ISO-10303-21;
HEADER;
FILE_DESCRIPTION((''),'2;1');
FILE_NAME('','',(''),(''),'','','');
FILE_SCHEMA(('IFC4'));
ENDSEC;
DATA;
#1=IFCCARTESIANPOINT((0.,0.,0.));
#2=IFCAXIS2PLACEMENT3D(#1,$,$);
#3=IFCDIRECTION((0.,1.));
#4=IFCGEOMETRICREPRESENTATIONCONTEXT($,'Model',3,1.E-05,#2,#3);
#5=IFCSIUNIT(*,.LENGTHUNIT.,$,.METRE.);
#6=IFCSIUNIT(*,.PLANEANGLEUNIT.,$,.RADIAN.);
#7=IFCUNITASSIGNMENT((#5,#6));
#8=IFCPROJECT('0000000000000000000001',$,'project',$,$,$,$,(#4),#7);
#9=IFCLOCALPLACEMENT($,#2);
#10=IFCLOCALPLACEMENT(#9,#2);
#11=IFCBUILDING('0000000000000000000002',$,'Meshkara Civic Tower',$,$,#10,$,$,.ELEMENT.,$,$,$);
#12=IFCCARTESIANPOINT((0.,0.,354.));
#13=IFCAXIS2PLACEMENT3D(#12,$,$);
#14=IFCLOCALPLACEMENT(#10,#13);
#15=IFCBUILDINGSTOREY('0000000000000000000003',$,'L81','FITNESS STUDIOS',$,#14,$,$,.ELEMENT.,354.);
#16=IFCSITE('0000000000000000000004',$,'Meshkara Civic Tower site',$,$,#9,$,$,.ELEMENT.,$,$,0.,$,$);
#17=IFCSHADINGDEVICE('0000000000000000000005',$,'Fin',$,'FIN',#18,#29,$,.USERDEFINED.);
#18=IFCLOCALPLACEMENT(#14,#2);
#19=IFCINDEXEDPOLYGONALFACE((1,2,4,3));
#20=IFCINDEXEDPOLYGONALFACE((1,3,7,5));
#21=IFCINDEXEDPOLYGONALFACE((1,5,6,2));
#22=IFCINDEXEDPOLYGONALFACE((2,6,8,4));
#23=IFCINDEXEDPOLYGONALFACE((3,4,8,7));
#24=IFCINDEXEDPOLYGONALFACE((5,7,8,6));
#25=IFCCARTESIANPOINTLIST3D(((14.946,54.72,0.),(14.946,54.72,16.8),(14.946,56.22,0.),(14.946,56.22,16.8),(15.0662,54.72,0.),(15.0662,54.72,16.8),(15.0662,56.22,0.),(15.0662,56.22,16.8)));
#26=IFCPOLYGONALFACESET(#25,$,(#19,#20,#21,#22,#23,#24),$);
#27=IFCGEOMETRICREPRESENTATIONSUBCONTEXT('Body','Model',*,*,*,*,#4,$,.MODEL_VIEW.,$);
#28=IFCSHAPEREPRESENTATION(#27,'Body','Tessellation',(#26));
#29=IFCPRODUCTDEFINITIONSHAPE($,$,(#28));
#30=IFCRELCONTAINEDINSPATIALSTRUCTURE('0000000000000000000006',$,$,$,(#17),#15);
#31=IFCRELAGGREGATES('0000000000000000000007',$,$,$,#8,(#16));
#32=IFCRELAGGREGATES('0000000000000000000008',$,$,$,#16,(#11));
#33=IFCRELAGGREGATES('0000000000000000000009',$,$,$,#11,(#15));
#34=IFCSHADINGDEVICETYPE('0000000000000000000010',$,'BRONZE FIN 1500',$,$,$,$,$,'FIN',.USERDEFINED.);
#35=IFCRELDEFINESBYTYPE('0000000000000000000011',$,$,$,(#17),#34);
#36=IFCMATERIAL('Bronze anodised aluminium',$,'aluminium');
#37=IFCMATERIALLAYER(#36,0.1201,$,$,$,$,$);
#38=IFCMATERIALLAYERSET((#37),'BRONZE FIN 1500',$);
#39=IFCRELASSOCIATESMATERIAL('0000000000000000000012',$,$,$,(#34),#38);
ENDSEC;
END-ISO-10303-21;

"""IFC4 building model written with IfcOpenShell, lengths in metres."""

from ifc_helpers import new_model, si_unit, direction, frame, origin, origin_2d, place, context, subcontext, project, spatial, rectangle, extrude, material, layer, layer_set, type_object, element, save


model = new_model("IFC4")

# Units and contexts
model_context = context("Model", 3, precision=1e-05, world=origin(), true_north=direction((0.0, 1.0)))
body_context = subcontext(model_context, "Body", "Model", "MODEL_VIEW")
ifc_project = project(units=[si_unit("LENGTHUNIT", "METRE"), si_unit("PLANEANGLEUNIT", "RADIAN")], contexts=[model_context])

# Site, building, storey
site_placement = place(None, origin())
site = spatial("IfcSite", under=ifc_project, at=site_placement, Name="Meshkara Civic Tower site", CompositionType="ELEMENT", RefElevation=0.0)
building_placement = place(site_placement, origin())
building = spatial("IfcBuilding", under=site, at=building_placement, Name="Meshkara Civic Tower", CompositionType="ELEMENT")
storey_placement = place(building_placement, frame((0.0, 0.0, 354.0)))
storey = spatial("IfcBuildingStorey", under=building, at=storey_placement, Name="L81", Description="FITNESS STUDIOS", CompositionType="ELEMENT", Elevation=354.0)

# Shading device
ifc_material_1 = material(Name="Bronze anodised aluminium", Category="aluminium")
ifc_layer_1 = layer(ifc_material_1, 0.1201)
ifc_layer_set_1 = layer_set([ifc_layer_1], Name="BRONZE FIN 1500")
shading_device_type = type_object("IfcShadingDeviceType", Name="BRONZE FIN 1500", ElementType="FIN", PredefinedType="USERDEFINED", material=ifc_layer_set_1)
shading_device_placement = place(storey_placement, frame((15.0061, 55.47, 0.0), z_axis=(0.0, 0.0, 1.0), x_axis=(-1.0, 0.0, 0.0)))
element("IfcShadingDevice", 1, at=shading_device_placement, inside=storey, type_object=shading_device_type, Name="Fin", ObjectType="FIN", PredefinedType="USERDEFINED", context=body_context, shape_type="SweptSolid", body=[
    extrude(rectangle(XDim=0.1201, YDim=1.5, at=origin_2d()), origin(), (0.0, 0.0, 1.0), 16.8),
])

save(model, "model.ifc")
